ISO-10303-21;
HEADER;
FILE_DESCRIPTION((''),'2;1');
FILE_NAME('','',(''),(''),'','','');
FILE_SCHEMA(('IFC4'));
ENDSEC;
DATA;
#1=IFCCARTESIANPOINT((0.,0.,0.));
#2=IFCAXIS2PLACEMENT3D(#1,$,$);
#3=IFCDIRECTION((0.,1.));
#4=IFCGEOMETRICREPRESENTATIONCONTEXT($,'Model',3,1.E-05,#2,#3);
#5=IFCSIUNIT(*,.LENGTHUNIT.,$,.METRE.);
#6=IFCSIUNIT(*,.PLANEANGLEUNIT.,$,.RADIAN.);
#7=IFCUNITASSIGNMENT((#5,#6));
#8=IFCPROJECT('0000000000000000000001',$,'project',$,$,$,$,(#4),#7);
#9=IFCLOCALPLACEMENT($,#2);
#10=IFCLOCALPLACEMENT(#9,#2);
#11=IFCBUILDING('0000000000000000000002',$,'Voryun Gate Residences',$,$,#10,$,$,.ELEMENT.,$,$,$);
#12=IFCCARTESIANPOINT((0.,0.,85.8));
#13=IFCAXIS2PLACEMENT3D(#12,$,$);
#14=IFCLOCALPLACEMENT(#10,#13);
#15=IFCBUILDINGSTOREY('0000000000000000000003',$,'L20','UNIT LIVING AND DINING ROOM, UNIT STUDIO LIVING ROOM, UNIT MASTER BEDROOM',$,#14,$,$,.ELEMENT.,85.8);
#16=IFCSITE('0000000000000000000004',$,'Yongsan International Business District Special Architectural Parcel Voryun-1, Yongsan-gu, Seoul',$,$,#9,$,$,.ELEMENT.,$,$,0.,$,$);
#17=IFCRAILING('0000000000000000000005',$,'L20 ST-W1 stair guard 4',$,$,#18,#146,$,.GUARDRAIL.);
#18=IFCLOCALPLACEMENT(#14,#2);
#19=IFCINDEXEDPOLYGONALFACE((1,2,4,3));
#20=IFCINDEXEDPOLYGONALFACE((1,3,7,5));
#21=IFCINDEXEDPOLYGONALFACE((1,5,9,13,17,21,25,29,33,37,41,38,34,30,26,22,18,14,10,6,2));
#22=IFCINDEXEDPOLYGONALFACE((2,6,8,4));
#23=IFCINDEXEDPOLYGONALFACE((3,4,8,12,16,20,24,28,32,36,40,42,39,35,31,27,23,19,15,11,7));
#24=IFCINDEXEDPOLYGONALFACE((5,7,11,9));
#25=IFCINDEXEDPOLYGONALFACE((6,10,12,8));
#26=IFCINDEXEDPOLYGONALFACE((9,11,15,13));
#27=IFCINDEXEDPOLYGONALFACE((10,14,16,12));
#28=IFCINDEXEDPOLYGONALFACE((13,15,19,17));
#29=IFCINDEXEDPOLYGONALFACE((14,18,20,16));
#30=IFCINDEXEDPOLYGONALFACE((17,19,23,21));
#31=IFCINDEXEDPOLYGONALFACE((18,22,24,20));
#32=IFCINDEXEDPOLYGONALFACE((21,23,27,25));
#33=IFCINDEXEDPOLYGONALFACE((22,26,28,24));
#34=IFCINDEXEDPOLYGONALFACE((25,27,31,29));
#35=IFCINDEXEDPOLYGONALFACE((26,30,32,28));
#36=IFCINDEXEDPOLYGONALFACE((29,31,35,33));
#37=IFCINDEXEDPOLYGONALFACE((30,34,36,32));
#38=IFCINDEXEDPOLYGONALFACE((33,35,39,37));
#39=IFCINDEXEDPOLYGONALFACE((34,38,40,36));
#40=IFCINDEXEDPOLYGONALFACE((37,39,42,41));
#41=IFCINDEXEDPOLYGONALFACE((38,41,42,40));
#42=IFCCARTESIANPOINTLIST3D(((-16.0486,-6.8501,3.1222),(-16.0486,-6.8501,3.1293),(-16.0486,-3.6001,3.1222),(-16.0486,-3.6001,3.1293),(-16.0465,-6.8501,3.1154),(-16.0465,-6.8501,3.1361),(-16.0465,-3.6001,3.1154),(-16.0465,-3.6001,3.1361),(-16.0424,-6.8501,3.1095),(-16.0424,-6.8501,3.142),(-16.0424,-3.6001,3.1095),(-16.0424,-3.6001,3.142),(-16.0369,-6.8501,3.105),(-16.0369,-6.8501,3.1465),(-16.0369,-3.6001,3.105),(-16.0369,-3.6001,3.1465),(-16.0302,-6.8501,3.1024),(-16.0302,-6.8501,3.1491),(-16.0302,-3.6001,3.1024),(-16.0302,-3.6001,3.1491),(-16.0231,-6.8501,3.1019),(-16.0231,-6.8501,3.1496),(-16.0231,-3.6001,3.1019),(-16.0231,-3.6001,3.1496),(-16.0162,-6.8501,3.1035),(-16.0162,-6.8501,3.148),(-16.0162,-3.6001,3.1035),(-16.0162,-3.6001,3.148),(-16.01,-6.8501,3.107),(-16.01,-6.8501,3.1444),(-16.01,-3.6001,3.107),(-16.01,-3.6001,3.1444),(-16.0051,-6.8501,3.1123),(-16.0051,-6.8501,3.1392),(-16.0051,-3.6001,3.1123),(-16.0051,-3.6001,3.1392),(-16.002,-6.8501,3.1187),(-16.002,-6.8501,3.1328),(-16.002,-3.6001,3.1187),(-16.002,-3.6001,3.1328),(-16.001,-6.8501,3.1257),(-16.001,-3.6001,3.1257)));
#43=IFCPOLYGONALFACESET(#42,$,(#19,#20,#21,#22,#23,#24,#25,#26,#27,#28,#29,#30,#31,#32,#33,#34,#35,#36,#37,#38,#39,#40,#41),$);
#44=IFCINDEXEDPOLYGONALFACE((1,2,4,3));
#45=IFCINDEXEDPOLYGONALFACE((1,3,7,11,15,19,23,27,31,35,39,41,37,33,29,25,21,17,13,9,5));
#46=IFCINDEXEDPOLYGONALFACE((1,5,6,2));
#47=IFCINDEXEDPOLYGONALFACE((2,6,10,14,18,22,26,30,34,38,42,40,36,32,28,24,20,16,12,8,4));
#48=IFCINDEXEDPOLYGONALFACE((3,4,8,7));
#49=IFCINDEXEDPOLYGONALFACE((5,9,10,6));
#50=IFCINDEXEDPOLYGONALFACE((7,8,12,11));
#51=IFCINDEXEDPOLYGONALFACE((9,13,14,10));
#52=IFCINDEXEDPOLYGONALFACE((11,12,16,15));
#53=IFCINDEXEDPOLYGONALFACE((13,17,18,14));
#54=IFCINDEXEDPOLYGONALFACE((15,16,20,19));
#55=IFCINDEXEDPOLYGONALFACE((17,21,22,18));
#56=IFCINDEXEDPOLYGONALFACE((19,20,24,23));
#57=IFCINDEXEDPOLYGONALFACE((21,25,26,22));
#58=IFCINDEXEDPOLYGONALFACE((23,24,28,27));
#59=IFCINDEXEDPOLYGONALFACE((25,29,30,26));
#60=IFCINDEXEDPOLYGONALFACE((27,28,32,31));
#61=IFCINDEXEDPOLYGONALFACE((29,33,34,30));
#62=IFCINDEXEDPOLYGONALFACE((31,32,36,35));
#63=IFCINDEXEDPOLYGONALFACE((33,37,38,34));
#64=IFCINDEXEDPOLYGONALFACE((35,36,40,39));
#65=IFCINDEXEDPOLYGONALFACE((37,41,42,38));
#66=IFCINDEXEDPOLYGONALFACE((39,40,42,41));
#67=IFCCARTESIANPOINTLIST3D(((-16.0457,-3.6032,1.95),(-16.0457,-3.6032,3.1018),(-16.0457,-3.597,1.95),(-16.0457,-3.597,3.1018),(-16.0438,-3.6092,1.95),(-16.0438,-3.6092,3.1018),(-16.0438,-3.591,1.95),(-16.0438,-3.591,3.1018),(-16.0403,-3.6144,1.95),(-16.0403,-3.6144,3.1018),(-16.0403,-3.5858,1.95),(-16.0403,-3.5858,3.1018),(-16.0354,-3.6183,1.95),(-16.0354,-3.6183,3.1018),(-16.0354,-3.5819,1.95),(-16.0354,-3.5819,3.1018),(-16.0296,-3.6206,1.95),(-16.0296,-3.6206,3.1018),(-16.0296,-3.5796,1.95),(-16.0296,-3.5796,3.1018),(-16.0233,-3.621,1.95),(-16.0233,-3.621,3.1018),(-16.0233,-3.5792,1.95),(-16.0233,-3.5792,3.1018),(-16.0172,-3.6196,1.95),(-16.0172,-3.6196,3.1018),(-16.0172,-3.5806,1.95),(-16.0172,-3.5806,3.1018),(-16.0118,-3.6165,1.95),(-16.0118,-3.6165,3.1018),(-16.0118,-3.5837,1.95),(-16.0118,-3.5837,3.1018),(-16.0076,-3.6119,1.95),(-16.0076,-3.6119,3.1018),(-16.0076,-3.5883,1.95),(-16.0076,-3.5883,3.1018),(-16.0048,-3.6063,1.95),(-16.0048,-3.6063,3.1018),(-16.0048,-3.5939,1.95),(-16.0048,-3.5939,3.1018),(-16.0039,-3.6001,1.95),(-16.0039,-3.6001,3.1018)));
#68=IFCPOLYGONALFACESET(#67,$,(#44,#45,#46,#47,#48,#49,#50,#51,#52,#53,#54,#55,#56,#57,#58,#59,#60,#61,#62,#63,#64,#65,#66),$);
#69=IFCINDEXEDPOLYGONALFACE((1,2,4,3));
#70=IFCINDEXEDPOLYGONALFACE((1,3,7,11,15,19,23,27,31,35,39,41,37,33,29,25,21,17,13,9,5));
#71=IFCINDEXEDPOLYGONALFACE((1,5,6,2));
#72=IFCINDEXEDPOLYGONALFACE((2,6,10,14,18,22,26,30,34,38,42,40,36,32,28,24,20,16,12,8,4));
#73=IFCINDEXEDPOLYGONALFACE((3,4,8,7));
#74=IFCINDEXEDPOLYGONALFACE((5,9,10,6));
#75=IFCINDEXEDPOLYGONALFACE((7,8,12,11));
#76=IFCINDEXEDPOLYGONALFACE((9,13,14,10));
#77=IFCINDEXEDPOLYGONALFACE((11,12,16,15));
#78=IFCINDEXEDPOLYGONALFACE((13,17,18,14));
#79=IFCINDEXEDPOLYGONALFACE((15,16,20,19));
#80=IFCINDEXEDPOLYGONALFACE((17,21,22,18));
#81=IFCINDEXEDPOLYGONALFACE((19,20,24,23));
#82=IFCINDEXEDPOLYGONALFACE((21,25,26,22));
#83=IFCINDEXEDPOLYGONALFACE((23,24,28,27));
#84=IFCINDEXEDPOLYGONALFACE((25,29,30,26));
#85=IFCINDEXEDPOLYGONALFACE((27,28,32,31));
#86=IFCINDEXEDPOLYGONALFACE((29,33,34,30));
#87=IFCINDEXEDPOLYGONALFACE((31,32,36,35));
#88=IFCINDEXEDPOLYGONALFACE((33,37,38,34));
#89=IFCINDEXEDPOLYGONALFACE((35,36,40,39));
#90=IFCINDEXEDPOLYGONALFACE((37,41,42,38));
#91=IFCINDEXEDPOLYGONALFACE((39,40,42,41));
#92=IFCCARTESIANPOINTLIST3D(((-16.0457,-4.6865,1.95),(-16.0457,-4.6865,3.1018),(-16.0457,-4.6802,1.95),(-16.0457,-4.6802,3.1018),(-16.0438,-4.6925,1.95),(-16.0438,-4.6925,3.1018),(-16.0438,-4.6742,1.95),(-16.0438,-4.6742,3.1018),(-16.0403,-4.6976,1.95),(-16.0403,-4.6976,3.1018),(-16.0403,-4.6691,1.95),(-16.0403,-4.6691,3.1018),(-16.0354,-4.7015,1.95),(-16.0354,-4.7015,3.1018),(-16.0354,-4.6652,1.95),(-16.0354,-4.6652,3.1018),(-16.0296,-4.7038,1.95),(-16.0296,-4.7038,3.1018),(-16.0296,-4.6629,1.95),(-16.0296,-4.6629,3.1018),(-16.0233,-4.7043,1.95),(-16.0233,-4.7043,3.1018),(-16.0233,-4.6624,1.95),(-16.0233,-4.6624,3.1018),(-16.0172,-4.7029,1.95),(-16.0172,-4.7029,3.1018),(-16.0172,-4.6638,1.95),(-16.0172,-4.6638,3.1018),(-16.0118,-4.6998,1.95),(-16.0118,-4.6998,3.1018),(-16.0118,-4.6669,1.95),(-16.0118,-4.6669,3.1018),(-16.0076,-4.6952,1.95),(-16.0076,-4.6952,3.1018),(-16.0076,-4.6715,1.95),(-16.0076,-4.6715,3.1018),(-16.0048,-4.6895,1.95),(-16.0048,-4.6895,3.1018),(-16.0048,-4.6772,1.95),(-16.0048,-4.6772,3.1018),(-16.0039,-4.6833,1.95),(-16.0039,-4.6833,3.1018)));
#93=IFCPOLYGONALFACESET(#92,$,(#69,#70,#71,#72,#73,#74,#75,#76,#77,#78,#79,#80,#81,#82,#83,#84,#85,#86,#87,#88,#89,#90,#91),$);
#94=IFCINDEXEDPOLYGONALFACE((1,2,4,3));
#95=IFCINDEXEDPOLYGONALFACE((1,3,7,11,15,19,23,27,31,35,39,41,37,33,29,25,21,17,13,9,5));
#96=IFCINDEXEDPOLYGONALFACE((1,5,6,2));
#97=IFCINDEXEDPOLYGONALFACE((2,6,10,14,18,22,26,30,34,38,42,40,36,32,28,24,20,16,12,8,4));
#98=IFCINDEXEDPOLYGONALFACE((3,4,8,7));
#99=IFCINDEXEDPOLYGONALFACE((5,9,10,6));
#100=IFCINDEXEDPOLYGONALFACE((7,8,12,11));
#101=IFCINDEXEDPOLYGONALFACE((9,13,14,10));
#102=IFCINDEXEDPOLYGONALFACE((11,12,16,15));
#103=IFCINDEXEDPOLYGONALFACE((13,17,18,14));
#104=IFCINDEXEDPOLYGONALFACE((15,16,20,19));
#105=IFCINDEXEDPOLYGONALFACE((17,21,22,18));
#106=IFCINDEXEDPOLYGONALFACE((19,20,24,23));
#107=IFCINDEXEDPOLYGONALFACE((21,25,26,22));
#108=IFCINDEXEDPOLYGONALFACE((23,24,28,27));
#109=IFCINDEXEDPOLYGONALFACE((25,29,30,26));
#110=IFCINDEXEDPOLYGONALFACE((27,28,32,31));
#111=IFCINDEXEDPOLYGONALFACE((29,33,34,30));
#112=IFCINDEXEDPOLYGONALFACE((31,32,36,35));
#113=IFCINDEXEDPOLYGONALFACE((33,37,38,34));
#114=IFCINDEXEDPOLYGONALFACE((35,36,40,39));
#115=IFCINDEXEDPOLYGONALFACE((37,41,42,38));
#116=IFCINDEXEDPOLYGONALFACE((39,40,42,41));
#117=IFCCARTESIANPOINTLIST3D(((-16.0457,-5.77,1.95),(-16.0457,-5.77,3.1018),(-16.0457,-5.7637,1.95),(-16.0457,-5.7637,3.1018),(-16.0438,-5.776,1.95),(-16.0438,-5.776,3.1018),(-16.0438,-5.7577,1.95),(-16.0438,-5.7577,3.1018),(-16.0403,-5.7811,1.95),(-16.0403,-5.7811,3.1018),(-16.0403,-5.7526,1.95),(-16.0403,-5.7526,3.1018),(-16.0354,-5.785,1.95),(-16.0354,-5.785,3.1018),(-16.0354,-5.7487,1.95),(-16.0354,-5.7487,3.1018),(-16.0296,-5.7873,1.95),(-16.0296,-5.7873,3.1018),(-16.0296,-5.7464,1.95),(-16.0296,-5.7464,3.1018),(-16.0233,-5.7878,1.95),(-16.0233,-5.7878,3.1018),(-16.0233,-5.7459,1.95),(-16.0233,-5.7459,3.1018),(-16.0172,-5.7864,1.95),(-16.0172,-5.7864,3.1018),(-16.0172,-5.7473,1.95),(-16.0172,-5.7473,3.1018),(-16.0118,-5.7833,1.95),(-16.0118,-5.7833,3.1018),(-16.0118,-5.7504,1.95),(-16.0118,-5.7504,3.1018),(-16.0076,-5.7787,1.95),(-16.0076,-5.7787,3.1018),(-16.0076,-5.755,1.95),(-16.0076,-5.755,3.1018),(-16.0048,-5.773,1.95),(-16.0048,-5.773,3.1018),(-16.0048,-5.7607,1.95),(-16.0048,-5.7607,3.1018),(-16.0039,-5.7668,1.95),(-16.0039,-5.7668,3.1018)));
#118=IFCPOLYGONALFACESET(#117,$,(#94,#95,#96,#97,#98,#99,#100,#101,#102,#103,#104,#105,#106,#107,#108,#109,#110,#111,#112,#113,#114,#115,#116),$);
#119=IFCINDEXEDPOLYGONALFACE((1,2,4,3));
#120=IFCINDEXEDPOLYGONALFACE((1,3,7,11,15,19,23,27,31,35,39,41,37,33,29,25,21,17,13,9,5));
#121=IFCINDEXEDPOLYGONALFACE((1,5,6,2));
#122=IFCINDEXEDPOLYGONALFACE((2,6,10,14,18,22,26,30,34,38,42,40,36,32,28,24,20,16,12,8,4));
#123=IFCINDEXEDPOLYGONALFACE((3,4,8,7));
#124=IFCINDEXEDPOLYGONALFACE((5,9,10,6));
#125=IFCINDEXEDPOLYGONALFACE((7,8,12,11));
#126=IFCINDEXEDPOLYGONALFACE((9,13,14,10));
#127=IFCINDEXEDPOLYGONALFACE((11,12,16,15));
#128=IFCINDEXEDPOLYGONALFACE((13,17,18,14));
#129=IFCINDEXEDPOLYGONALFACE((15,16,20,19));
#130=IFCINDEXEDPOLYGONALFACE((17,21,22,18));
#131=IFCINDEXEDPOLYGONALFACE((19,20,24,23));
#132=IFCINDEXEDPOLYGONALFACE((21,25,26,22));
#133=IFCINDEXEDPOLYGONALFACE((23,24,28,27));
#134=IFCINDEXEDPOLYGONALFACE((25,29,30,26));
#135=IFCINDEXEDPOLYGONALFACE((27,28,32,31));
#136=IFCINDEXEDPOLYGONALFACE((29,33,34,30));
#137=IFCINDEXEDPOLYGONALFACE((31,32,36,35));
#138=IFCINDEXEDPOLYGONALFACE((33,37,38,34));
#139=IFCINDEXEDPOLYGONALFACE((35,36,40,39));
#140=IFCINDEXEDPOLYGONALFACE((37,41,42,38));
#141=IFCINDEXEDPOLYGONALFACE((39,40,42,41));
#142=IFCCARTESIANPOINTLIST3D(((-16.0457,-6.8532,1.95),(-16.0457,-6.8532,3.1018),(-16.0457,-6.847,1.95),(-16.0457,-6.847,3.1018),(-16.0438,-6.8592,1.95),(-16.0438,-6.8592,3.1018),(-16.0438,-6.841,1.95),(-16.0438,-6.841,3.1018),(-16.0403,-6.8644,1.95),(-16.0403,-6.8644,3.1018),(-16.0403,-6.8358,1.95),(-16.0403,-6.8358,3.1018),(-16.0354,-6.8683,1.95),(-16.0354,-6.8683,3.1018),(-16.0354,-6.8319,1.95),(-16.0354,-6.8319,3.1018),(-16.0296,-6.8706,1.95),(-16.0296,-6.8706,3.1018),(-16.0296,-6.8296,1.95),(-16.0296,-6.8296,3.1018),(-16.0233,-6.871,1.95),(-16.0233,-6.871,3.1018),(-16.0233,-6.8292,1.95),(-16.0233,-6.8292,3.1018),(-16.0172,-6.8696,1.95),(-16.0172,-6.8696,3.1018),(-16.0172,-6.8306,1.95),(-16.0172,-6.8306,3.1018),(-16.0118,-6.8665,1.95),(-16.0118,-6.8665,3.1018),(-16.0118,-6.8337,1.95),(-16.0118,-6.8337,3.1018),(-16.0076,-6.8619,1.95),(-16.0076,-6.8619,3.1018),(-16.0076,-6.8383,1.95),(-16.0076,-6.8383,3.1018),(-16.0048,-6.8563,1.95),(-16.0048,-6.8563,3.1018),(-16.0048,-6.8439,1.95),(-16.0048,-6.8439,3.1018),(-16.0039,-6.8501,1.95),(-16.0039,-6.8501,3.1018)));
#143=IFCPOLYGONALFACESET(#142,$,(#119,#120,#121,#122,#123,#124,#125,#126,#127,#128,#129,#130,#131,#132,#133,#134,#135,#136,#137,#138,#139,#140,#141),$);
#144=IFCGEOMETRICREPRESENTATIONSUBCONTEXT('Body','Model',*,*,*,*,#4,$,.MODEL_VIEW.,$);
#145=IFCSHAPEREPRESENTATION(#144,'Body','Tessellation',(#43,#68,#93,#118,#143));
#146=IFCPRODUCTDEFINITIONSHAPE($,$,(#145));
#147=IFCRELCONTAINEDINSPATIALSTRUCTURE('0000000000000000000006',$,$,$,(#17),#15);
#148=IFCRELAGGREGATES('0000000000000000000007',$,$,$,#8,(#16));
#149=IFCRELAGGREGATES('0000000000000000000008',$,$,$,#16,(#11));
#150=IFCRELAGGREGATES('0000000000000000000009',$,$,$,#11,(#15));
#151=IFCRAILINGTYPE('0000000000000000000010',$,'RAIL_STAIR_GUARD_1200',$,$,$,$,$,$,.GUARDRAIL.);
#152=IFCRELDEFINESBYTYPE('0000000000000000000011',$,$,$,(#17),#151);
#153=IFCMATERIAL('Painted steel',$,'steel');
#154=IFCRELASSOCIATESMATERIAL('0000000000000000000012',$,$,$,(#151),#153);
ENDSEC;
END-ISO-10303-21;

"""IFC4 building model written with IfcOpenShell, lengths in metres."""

from ifc_helpers import new_model, si_unit, direction, frame, origin, origin_2d, place, context, subcontext, project, spatial, circle, extrude, material, type_object, element, save


model = new_model("IFC4")

# Units and contexts
model_context = context("Model", 3, precision=1e-05, world=origin(), true_north=direction((0.0, 1.0)))
body_context = subcontext(model_context, "Body", "Model", "MODEL_VIEW")
ifc_project = project(units=[si_unit("LENGTHUNIT", "METRE"), si_unit("PLANEANGLEUNIT", "RADIAN")], contexts=[model_context])

# Site, building, storey
site_placement = place(None, origin())
site = spatial("IfcSite", under=ifc_project, at=site_placement, Name="Yongsan International Business District Special Architectural Parcel Voryun-1, Yongsan-gu, Seoul", CompositionType="ELEMENT", RefElevation=0.0)
building_placement = place(site_placement, origin())
building = spatial("IfcBuilding", under=site, at=building_placement, Name="Voryun Gate Residences", CompositionType="ELEMENT")
storey_placement = place(building_placement, frame((0.0, 0.0, 85.8)))
storey = spatial("IfcBuildingStorey", under=building, at=storey_placement, Name="L20", Description="UNIT LIVING AND DINING ROOM, UNIT STUDIO LIVING ROOM, UNIT MASTER BEDROOM", CompositionType="ELEMENT", Elevation=85.8)

# Railing
ifc_material_1 = material(Name="Painted steel", Category="steel")
railing_type_1 = type_object("IfcRailingType", Name="RAIL_STAIR_GUARD_1200", PredefinedType="GUARDRAIL", material=ifc_material_1)
for number, where, name in (
    (1, (-16.0249, -3.6001, 1.95), "L20 ST-W1 stair guard 4"),
):
    element("IfcRailing", number, at=place(storey_placement, frame(where)), inside=storey, type_object=railing_type_1, Name=name, PredefinedType="GUARDRAIL", context=body_context, shape_type="SweptSolid", body=[
        extrude(circle(Radius=0.0239, at=origin_2d()), frame((0.0, 0.0, 1.1758), z_axis=(0.0, -1.0, 0.0), x_axis=(1.0, 0.0, 0.0)), (0.0, 0.0, 1.0), 3.25),
        extrude(circle(Radius=0.021, at=origin_2d()), origin(), (0.0, 0.0, 1.0), 1.1519),
        extrude(circle(Radius=0.021, at=origin_2d()), frame((0.0, -1.0833, 0.0)), (0.0, 0.0, 1.0), 1.1519),
        extrude(circle(Radius=0.021, at=origin_2d()), frame((0.0, -2.1667, 0.0)), (0.0, 0.0, 1.0), 1.1519),
        extrude(circle(Radius=0.021, at=origin_2d()), frame((0.0, -3.25, 0.0)), (0.0, 0.0, 1.0), 1.1519),
    ])

save(model, "model.ifc")
